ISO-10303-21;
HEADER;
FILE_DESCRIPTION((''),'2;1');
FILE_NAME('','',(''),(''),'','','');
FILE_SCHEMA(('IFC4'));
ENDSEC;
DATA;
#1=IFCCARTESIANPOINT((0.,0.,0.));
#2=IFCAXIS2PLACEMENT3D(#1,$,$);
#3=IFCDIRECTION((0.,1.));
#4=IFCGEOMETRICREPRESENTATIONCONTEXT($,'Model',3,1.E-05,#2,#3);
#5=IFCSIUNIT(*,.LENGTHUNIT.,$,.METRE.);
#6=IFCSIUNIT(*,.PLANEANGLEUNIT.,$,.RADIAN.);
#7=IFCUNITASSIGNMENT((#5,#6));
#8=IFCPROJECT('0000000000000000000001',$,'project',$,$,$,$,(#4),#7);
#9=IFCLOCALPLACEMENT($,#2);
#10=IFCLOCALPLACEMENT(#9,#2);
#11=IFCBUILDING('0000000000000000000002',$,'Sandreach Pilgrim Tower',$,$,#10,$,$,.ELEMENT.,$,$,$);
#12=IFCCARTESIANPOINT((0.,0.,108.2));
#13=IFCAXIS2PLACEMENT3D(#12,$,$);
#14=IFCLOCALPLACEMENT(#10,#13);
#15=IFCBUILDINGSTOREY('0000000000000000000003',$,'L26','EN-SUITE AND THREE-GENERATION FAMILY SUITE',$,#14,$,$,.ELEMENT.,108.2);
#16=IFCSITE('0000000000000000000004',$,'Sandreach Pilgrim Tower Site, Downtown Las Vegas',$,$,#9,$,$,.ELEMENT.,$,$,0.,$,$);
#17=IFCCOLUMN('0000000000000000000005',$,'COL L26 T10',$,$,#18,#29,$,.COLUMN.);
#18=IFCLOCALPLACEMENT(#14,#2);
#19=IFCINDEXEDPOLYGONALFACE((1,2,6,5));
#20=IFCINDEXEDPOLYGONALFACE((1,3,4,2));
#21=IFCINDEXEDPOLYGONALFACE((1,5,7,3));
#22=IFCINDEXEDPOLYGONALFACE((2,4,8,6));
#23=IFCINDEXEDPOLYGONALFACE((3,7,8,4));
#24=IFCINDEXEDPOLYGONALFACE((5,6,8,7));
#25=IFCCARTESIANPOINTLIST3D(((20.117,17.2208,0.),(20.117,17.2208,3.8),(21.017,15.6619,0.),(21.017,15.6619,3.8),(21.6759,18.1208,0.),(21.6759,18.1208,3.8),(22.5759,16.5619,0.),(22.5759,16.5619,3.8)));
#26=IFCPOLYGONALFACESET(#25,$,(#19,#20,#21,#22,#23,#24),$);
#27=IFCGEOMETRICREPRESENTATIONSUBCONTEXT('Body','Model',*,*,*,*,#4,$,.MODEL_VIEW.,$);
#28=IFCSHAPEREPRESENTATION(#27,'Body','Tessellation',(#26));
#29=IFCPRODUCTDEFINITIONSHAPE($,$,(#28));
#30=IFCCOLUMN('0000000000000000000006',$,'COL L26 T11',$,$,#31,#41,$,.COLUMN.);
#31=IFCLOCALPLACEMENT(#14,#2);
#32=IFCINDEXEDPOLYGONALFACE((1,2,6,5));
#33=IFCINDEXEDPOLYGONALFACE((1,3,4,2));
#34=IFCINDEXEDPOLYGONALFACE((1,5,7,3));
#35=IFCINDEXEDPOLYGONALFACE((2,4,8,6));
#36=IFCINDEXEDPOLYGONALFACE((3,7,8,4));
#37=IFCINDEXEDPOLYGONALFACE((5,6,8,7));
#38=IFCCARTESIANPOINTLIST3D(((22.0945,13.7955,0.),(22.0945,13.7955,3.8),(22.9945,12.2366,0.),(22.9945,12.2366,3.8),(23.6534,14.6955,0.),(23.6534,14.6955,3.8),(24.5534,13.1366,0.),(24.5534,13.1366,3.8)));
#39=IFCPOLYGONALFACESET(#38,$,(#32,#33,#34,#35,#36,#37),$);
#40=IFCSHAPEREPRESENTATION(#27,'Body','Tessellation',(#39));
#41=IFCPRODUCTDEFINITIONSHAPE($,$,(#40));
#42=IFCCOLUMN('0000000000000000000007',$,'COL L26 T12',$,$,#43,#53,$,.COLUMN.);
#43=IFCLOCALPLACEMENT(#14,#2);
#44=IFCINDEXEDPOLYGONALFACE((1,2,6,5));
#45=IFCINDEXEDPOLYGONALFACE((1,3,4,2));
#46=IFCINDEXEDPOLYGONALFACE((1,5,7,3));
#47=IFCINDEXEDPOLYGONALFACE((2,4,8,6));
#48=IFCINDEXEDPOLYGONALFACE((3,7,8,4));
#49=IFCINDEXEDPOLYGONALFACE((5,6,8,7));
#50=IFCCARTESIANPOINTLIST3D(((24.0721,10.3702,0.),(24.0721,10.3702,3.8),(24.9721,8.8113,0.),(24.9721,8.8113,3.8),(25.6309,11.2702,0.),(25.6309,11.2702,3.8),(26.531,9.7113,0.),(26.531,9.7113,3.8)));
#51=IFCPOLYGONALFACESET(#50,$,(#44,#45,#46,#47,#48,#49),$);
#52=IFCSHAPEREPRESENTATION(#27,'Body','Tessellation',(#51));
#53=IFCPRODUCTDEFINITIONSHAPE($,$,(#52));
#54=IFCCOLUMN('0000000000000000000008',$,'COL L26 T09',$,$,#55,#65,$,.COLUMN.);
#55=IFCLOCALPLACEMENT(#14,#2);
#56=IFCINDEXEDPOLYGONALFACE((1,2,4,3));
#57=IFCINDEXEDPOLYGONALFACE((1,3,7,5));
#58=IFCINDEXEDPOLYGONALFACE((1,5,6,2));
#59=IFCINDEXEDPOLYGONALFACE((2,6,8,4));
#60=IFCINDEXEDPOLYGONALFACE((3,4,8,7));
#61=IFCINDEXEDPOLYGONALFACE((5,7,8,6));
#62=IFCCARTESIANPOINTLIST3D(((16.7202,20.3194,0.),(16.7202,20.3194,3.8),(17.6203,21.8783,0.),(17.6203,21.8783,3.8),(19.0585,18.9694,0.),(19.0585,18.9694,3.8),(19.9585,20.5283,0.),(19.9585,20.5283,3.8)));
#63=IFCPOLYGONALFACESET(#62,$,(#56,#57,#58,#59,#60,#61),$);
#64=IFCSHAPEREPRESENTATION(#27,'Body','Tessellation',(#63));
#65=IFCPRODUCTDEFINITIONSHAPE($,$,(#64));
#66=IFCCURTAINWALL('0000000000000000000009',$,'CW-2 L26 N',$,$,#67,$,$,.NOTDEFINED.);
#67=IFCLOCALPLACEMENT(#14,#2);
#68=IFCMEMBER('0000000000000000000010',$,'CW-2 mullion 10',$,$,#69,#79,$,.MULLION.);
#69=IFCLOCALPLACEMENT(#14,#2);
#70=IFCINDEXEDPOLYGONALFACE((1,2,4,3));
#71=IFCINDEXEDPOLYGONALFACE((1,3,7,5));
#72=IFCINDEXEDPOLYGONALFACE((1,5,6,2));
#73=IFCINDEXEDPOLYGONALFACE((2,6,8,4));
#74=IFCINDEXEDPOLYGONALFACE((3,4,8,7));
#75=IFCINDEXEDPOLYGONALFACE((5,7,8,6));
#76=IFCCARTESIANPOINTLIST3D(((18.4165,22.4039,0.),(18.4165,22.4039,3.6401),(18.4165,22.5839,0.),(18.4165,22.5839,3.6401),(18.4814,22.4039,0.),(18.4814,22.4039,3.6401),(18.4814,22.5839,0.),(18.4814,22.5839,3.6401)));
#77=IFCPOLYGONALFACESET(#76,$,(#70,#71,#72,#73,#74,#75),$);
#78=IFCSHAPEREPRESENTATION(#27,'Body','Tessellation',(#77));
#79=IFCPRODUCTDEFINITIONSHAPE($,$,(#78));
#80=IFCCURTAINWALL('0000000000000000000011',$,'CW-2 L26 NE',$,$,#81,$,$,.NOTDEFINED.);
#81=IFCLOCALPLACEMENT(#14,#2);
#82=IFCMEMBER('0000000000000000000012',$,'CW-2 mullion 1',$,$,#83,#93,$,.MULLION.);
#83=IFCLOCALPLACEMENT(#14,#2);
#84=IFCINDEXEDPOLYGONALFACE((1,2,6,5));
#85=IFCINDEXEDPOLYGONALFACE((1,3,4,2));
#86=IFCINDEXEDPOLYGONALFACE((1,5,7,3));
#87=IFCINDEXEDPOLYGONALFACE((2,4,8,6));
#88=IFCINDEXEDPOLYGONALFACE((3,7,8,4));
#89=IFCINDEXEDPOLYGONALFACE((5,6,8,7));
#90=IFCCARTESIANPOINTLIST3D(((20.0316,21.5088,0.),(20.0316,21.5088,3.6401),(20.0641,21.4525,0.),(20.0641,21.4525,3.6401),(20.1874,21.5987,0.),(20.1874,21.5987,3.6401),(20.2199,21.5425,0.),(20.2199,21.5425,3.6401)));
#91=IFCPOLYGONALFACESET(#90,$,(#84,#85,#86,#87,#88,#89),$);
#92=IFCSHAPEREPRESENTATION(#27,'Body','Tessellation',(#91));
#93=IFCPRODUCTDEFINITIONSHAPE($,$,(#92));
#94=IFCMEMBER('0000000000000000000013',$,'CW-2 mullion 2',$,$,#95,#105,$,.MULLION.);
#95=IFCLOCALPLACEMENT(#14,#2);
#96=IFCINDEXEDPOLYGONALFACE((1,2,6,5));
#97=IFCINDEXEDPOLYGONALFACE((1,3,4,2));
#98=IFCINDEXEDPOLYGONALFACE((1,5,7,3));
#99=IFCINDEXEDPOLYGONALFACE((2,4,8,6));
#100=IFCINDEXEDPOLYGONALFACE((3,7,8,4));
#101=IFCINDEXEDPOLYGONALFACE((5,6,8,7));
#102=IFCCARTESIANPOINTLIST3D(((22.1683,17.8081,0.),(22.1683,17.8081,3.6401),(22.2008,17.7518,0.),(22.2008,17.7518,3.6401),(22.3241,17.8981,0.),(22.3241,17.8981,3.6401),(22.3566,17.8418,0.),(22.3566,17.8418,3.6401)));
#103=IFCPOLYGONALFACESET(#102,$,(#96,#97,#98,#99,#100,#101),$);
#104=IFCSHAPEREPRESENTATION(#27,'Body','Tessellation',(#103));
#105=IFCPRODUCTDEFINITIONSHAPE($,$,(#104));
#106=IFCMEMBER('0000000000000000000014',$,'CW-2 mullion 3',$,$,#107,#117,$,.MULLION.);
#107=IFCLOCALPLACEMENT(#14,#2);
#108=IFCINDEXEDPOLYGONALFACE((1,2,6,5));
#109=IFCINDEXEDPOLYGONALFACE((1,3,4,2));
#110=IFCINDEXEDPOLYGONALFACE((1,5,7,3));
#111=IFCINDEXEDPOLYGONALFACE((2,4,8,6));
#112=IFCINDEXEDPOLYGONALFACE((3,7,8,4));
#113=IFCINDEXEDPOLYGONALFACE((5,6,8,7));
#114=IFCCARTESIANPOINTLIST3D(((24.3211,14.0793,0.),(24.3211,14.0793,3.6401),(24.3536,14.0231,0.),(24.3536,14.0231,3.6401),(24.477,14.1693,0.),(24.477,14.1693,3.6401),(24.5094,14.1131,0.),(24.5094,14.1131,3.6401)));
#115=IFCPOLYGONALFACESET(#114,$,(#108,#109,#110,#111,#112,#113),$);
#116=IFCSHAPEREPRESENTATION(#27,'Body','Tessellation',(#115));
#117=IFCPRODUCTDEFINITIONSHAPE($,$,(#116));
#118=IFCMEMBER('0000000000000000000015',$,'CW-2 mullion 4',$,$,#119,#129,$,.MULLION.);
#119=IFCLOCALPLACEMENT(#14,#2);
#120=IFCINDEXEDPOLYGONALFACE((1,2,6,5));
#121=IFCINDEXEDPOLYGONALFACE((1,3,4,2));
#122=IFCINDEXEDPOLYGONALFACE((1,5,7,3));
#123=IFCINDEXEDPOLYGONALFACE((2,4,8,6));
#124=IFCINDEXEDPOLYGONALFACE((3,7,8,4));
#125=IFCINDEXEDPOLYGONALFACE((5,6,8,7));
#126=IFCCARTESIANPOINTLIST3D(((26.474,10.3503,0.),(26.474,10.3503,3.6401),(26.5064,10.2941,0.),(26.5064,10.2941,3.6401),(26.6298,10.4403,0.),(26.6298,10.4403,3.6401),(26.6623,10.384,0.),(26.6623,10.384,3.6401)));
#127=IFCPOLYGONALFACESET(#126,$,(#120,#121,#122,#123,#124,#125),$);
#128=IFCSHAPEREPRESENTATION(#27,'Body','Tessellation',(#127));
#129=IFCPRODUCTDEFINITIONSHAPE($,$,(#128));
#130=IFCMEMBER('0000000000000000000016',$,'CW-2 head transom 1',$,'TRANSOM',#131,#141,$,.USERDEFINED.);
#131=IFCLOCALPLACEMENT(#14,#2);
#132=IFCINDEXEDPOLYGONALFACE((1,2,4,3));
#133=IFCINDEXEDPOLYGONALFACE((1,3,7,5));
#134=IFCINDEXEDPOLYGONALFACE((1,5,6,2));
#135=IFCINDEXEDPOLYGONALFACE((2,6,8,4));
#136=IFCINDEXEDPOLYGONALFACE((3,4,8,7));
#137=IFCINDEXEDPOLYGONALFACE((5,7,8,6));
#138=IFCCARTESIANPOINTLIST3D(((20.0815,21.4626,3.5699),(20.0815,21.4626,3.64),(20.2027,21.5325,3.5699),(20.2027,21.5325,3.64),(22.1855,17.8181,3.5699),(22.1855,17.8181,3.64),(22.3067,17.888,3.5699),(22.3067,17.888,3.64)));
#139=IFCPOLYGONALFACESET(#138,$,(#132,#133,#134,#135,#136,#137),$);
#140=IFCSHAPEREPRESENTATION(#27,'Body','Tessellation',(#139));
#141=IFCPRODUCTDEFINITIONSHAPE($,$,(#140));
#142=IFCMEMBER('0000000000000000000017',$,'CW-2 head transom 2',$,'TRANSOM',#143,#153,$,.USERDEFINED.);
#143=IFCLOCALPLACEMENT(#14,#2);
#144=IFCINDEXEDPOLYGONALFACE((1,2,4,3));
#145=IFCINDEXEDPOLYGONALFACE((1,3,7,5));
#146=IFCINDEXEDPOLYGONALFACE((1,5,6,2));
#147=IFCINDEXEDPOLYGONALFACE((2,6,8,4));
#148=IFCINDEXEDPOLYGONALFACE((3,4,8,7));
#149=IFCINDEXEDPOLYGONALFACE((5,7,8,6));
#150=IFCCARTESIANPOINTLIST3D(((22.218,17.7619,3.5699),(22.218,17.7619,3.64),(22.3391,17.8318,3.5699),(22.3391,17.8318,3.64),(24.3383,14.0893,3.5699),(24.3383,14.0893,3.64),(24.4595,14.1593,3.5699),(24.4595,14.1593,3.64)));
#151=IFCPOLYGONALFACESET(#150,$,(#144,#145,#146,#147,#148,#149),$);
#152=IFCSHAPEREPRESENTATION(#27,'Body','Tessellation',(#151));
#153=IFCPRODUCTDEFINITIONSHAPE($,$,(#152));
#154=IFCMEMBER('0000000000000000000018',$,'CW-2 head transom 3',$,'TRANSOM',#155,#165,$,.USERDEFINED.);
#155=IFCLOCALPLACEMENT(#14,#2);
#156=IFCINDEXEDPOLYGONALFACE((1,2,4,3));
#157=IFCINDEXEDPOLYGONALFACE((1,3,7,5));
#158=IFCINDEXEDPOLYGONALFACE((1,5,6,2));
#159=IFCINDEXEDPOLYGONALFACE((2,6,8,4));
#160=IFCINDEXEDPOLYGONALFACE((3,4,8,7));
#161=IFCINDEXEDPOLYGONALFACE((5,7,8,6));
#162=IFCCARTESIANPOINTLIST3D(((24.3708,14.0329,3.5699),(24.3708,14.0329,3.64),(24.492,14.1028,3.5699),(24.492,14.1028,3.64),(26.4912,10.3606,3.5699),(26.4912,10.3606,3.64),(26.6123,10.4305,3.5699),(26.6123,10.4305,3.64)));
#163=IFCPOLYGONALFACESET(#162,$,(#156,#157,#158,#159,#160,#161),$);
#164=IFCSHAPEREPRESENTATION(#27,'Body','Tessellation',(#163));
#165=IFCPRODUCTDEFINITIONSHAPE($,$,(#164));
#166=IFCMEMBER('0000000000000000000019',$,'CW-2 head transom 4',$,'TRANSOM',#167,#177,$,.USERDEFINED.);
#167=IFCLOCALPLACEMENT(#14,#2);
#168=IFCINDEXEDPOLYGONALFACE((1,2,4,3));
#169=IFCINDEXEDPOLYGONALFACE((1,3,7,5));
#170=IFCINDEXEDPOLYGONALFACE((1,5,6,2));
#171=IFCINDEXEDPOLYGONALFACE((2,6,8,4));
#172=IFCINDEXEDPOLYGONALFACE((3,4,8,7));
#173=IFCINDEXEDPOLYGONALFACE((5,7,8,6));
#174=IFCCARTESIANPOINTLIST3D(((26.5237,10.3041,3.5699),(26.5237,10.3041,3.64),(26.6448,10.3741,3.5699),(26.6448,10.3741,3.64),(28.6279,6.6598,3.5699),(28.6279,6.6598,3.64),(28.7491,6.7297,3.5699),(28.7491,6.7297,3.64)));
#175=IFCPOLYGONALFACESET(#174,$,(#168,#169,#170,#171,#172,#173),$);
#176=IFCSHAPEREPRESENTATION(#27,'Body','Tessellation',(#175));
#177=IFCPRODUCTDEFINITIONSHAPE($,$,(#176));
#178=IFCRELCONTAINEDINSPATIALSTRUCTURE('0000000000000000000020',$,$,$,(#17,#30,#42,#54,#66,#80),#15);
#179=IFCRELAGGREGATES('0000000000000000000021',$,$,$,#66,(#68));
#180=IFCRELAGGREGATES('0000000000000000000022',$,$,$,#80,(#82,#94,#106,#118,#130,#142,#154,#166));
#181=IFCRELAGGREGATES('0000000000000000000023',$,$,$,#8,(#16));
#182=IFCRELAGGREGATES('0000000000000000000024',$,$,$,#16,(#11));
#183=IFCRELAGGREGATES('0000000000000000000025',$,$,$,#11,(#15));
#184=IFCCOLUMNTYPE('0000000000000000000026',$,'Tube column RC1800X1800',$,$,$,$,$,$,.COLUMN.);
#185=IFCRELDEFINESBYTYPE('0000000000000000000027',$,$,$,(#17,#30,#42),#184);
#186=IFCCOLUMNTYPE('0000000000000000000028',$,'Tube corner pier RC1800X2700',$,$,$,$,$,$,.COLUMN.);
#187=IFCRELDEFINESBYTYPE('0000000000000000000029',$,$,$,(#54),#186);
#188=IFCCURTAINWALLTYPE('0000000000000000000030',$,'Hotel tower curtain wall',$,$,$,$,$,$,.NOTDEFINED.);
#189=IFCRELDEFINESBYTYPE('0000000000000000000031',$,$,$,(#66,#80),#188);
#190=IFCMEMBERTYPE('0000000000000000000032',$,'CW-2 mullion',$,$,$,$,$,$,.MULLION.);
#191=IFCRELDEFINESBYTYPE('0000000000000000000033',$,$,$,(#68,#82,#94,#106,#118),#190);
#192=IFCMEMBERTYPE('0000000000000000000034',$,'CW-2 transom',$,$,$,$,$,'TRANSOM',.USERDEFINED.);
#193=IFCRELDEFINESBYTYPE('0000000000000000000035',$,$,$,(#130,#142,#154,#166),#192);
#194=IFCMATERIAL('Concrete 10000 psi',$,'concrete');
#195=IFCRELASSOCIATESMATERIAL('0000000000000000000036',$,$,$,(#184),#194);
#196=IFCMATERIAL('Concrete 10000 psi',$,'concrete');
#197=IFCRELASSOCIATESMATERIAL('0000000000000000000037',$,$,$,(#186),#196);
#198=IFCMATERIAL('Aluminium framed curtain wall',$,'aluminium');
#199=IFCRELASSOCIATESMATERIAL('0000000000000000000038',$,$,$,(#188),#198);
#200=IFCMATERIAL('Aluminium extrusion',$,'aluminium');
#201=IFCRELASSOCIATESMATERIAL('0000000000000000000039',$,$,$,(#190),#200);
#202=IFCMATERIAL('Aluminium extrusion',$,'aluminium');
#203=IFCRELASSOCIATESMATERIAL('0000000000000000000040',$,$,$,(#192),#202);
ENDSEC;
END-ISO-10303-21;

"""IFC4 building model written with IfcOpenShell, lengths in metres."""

from ifc_helpers import new_model, si_unit, direction, frame, origin, origin_2d, place, context, subcontext, project, spatial, rectangle, extrude, material, material_profile, profile_set, type_object, element, aggregate, save


model = new_model("IFC4")

# Units and contexts
model_context = context("Model", 3, precision=1e-05, world=origin(), true_north=direction((0.0, 1.0)))
body_context = subcontext(model_context, "Body", "Model", "MODEL_VIEW")
ifc_project = project(units=[si_unit("LENGTHUNIT", "METRE"), si_unit("PLANEANGLEUNIT", "RADIAN")], contexts=[model_context])

# Site, building, storey
site_placement = place(None, origin())
site = spatial("IfcSite", under=ifc_project, at=site_placement, Name="Sandreach Pilgrim Tower Site, Downtown Las Vegas", CompositionType="ELEMENT", RefElevation=0.0)
building_placement = place(site_placement, origin())
building = spatial("IfcBuilding", under=site, at=building_placement, Name="Sandreach Pilgrim Tower", CompositionType="ELEMENT")
storey_placement = place(building_placement, frame((0.0, 0.0, 108.2)))
storey = spatial("IfcBuildingStorey", under=building, at=storey_placement, Name="L26", Description="EN-SUITE AND THREE-GENERATION FAMILY SUITE", CompositionType="ELEMENT", Elevation=108.2)

# Columns
ifc_material_1 = material(Name="Concrete 10000 psi", Category="concrete")
ifc_material_profile_1 = material_profile(ifc_material_1, rectangle(XDim=1.8, YDim=1.8, at=origin_2d()), Name="RC1800X1800")
ifc_profile_set_1 = profile_set([ifc_material_profile_1], Name="Concrete 10000 psi")
column_type_1 = type_object("IfcColumnType", Name="Tube column RC1800X1800", PredefinedType="COLUMN", material=ifc_profile_set_1)
for number, where, z_axis, x_axis, name in (
    (1, (21.3464, 16.8914, 0.0), (0.0, 0.0, 1.0), (0.866025, 0.5, 0.0), "COL L26 T10"),
    (2, (23.324, 13.4661, 0.0), (0.0, 0.0, 1.0), (0.866025, 0.5, 0.0), "COL L26 T11"),
    (3, (25.3015, 10.0408, 0.0), (0.0, 0.0, 1.0), (0.866025, 0.5, 0.0), "COL L26 T12"),
):
    element("IfcColumn", number, at=place(storey_placement, frame(where, z_axis=z_axis, x_axis=x_axis)), inside=storey, type_object=column_type_1, Name=name, PredefinedType="COLUMN", context=body_context, shape_type="SweptSolid", body=[
        extrude(rectangle(XDim=1.8, YDim=1.8, at=origin_2d()), origin(), (0.0, 0.0, 1.0), 3.8),
    ])
ifc_material_2 = material(Name="Concrete 10000 psi", Category="concrete")
ifc_material_profile_2 = material_profile(ifc_material_2, rectangle(XDim=1.8, YDim=2.7, at=origin_2d()), Name="RC1800X2700")
ifc_profile_set_2 = profile_set([ifc_material_profile_2], Name="Concrete 10000 psi")
column_type_2 = type_object("IfcColumnType", Name="Tube corner pier RC1800X2700", PredefinedType="COLUMN", material=ifc_profile_set_2)
column_placement = place(storey_placement, frame((18.3394, 20.4238, 0.0), z_axis=(0.0, 0.0, 1.0), x_axis=(0.5, 0.866025, 0.0)))
element("IfcColumn", 4, at=column_placement, inside=storey, type_object=column_type_2, Name="COL L26 T09", PredefinedType="COLUMN", context=body_context, shape_type="SweptSolid", body=[
    extrude(rectangle(XDim=1.8, YDim=2.7, at=origin_2d()), origin(), (0.0, 0.0, 1.0), 3.8),
])

# Curtain wall, member
ifc_material_3 = material(Name="Aluminium framed curtain wall", Category="aluminium")
curtain_wall_type = type_object("IfcCurtainWallType", Name="Hotel tower curtain wall", PredefinedType="NOTDEFINED", material=ifc_material_3)
curtain_wall_1_placement = place(storey_placement, origin())
curtain_wall_1 = element("IfcCurtainWall", 5, at=curtain_wall_1_placement, inside=storey, type_object=curtain_wall_type, Name="CW-2 L26 N", PredefinedType="NOTDEFINED")
ifc_material_4 = material(Name="Aluminium extrusion", Category="aluminium")
ifc_material_profile_3 = material_profile(ifc_material_4, rectangle(XDim=0.0649, YDim=0.1799, at=origin_2d()), Name="CW-2M 65X180")
ifc_profile_set_3 = profile_set([ifc_material_profile_3], Name="Aluminium extrusion")
member_type_1 = type_object("IfcMemberType", Name="CW-2 mullion", PredefinedType="MULLION", material=ifc_profile_set_3)
member_1_placement = place(storey_placement, frame((18.449, 22.4939, 0.0), z_axis=(0.0, 0.0, 1.0), x_axis=(1.0, 0.0, 0.0)))
member_1 = element("IfcMember", 6, at=member_1_placement, type_object=member_type_1, Name="CW-2 mullion 10", PredefinedType="MULLION", context=body_context, shape_type="SweptSolid", body=[
    extrude(rectangle(XDim=0.0649, YDim=0.1799, at=origin_2d()), origin(), (0.0, 0.0, 1.0), 3.6401),
])

# Curtain wall, members
curtain_wall_2_placement = place(storey_placement, origin())
curtain_wall_2 = element("IfcCurtainWall", 7, at=curtain_wall_2_placement, inside=storey, type_object=curtain_wall_type, Name="CW-2 L26 NE", PredefinedType="NOTDEFINED")
member_2_placement = place(storey_placement, frame((20.1257, 21.5256, 0.0), z_axis=(0.0, 0.0, 1.0), x_axis=(0.5, -0.866025, 0.0)))
member_2 = element("IfcMember", 8, at=member_2_placement, type_object=member_type_1, Name="CW-2 mullion 1", PredefinedType="MULLION", context=body_context, shape_type="SweptSolid", body=[
    extrude(rectangle(XDim=0.0649, YDim=0.1799, at=origin_2d()), origin(), (0.0, 0.0, 1.0), 3.6401),
])
member_3_placement = place(storey_placement, frame((22.2625, 17.825, 0.0), z_axis=(0.0, 0.0, 1.0), x_axis=(0.5, -0.866025, 0.0)))
member_3 = element("IfcMember", 9, at=member_3_placement, type_object=member_type_1, Name="CW-2 mullion 2", PredefinedType="MULLION", context=body_context, shape_type="SweptSolid", body=[
    extrude(rectangle(XDim=0.0649, YDim=0.1799, at=origin_2d()), origin(), (0.0, 0.0, 1.0), 3.6401),
])
member_4_placement = place(storey_placement, frame((24.4153, 14.0962, 0.0), z_axis=(0.0, 0.0, 1.0), x_axis=(0.5, -0.866025, 0.0)))
member_4 = element("IfcMember", 10, at=member_4_placement, type_object=member_type_1, Name="CW-2 mullion 3", PredefinedType="MULLION", context=body_context, shape_type="SweptSolid", body=[
    extrude(rectangle(XDim=0.0649, YDim=0.1799, at=origin_2d()), origin(), (0.0, 0.0, 1.0), 3.6401),
])
member_5_placement = place(storey_placement, frame((26.5681, 10.3672, 0.0), z_axis=(0.0, 0.0, 1.0), x_axis=(0.5, -0.866025, 0.0)))
member_5 = element("IfcMember", 11, at=member_5_placement, type_object=member_type_1, Name="CW-2 mullion 4", PredefinedType="MULLION", context=body_context, shape_type="SweptSolid", body=[
    extrude(rectangle(XDim=0.0649, YDim=0.1799, at=origin_2d()), origin(), (0.0, 0.0, 1.0), 3.6401),
])
ifc_material_5 = material(Name="Aluminium extrusion", Category="aluminium")
ifc_material_profile_4 = material_profile(ifc_material_5, rectangle(XDim=0.1399, YDim=0.0701, at=origin_2d()), Name="CW-2T 140X70")
ifc_profile_set_4 = profile_set([ifc_material_profile_4], Name="Aluminium extrusion")
member_type_2 = type_object("IfcMemberType", Name="CW-2 transom", ElementType="TRANSOM", PredefinedType="USERDEFINED", material=ifc_profile_set_4)
member_6_placement = place(storey_placement, frame((20.1421, 21.4976, 3.605), z_axis=(0.49997, -0.866043, 0.0), x_axis=(0.866043, 0.49997, 0.0)))
member_6 = element("IfcMember", 12, at=member_6_placement, type_object=member_type_2, Name="CW-2 head transom 1", ObjectType="TRANSOM", PredefinedType="USERDEFINED", context=body_context, shape_type="SweptSolid", body=[
    extrude(rectangle(XDim=0.1399, YDim=0.0701, at=origin_2d()), origin(), (0.0, 0.0, 1.0), 4.2083),
])
member_7_placement = place(storey_placement, frame((22.2786, 17.7969, 3.605), z_axis=(0.499997, -0.866027, 0.0), x_axis=(0.866027, 0.499997, 0.0)))
member_7 = element("IfcMember", 13, at=member_7_placement, type_object=member_type_2, Name="CW-2 head transom 2", ObjectType="TRANSOM", PredefinedType="USERDEFINED", context=body_context, shape_type="SweptSolid", body=[
    extrude(rectangle(XDim=0.1399, YDim=0.0701, at=origin_2d()), origin(), (0.0, 0.0, 1.0), 4.2407),
])
member_8_placement = place(storey_placement, frame((24.4314, 14.0679, 3.605), z_axis=(0.500021, -0.866013, 0.0), x_axis=(0.866013, 0.500021, 0.0)))
member_8 = element("IfcMember", 14, at=member_8_placement, type_object=member_type_2, Name="CW-2 head transom 3", ObjectType="TRANSOM", PredefinedType="USERDEFINED", context=body_context, shape_type="SweptSolid", body=[
    extrude(rectangle(XDim=0.1399, YDim=0.0701, at=origin_2d()), origin(), (0.0, 0.0, 1.0), 4.2405),
])
member_9_placement = place(storey_placement, frame((26.5842, 10.3391, 3.605), z_axis=(0.500039, -0.866003, 0.0), x_axis=(0.866003, 0.500039, 0.0)))
member_9 = element("IfcMember", 15, at=member_9_placement, type_object=member_type_2, Name="CW-2 head transom 4", ObjectType="TRANSOM", PredefinedType="USERDEFINED", context=body_context, shape_type="SweptSolid", body=[
    extrude(rectangle(XDim=0.1399, YDim=0.0701, at=origin_2d()), origin(), (0.0, 0.0, 1.0), 4.2083),
])

aggregate(curtain_wall_1, [member_1])
aggregate(curtain_wall_2, [member_2, member_3, member_4, member_5, member_6, member_7, member_8, member_9])

save(model, "model.ifc")
